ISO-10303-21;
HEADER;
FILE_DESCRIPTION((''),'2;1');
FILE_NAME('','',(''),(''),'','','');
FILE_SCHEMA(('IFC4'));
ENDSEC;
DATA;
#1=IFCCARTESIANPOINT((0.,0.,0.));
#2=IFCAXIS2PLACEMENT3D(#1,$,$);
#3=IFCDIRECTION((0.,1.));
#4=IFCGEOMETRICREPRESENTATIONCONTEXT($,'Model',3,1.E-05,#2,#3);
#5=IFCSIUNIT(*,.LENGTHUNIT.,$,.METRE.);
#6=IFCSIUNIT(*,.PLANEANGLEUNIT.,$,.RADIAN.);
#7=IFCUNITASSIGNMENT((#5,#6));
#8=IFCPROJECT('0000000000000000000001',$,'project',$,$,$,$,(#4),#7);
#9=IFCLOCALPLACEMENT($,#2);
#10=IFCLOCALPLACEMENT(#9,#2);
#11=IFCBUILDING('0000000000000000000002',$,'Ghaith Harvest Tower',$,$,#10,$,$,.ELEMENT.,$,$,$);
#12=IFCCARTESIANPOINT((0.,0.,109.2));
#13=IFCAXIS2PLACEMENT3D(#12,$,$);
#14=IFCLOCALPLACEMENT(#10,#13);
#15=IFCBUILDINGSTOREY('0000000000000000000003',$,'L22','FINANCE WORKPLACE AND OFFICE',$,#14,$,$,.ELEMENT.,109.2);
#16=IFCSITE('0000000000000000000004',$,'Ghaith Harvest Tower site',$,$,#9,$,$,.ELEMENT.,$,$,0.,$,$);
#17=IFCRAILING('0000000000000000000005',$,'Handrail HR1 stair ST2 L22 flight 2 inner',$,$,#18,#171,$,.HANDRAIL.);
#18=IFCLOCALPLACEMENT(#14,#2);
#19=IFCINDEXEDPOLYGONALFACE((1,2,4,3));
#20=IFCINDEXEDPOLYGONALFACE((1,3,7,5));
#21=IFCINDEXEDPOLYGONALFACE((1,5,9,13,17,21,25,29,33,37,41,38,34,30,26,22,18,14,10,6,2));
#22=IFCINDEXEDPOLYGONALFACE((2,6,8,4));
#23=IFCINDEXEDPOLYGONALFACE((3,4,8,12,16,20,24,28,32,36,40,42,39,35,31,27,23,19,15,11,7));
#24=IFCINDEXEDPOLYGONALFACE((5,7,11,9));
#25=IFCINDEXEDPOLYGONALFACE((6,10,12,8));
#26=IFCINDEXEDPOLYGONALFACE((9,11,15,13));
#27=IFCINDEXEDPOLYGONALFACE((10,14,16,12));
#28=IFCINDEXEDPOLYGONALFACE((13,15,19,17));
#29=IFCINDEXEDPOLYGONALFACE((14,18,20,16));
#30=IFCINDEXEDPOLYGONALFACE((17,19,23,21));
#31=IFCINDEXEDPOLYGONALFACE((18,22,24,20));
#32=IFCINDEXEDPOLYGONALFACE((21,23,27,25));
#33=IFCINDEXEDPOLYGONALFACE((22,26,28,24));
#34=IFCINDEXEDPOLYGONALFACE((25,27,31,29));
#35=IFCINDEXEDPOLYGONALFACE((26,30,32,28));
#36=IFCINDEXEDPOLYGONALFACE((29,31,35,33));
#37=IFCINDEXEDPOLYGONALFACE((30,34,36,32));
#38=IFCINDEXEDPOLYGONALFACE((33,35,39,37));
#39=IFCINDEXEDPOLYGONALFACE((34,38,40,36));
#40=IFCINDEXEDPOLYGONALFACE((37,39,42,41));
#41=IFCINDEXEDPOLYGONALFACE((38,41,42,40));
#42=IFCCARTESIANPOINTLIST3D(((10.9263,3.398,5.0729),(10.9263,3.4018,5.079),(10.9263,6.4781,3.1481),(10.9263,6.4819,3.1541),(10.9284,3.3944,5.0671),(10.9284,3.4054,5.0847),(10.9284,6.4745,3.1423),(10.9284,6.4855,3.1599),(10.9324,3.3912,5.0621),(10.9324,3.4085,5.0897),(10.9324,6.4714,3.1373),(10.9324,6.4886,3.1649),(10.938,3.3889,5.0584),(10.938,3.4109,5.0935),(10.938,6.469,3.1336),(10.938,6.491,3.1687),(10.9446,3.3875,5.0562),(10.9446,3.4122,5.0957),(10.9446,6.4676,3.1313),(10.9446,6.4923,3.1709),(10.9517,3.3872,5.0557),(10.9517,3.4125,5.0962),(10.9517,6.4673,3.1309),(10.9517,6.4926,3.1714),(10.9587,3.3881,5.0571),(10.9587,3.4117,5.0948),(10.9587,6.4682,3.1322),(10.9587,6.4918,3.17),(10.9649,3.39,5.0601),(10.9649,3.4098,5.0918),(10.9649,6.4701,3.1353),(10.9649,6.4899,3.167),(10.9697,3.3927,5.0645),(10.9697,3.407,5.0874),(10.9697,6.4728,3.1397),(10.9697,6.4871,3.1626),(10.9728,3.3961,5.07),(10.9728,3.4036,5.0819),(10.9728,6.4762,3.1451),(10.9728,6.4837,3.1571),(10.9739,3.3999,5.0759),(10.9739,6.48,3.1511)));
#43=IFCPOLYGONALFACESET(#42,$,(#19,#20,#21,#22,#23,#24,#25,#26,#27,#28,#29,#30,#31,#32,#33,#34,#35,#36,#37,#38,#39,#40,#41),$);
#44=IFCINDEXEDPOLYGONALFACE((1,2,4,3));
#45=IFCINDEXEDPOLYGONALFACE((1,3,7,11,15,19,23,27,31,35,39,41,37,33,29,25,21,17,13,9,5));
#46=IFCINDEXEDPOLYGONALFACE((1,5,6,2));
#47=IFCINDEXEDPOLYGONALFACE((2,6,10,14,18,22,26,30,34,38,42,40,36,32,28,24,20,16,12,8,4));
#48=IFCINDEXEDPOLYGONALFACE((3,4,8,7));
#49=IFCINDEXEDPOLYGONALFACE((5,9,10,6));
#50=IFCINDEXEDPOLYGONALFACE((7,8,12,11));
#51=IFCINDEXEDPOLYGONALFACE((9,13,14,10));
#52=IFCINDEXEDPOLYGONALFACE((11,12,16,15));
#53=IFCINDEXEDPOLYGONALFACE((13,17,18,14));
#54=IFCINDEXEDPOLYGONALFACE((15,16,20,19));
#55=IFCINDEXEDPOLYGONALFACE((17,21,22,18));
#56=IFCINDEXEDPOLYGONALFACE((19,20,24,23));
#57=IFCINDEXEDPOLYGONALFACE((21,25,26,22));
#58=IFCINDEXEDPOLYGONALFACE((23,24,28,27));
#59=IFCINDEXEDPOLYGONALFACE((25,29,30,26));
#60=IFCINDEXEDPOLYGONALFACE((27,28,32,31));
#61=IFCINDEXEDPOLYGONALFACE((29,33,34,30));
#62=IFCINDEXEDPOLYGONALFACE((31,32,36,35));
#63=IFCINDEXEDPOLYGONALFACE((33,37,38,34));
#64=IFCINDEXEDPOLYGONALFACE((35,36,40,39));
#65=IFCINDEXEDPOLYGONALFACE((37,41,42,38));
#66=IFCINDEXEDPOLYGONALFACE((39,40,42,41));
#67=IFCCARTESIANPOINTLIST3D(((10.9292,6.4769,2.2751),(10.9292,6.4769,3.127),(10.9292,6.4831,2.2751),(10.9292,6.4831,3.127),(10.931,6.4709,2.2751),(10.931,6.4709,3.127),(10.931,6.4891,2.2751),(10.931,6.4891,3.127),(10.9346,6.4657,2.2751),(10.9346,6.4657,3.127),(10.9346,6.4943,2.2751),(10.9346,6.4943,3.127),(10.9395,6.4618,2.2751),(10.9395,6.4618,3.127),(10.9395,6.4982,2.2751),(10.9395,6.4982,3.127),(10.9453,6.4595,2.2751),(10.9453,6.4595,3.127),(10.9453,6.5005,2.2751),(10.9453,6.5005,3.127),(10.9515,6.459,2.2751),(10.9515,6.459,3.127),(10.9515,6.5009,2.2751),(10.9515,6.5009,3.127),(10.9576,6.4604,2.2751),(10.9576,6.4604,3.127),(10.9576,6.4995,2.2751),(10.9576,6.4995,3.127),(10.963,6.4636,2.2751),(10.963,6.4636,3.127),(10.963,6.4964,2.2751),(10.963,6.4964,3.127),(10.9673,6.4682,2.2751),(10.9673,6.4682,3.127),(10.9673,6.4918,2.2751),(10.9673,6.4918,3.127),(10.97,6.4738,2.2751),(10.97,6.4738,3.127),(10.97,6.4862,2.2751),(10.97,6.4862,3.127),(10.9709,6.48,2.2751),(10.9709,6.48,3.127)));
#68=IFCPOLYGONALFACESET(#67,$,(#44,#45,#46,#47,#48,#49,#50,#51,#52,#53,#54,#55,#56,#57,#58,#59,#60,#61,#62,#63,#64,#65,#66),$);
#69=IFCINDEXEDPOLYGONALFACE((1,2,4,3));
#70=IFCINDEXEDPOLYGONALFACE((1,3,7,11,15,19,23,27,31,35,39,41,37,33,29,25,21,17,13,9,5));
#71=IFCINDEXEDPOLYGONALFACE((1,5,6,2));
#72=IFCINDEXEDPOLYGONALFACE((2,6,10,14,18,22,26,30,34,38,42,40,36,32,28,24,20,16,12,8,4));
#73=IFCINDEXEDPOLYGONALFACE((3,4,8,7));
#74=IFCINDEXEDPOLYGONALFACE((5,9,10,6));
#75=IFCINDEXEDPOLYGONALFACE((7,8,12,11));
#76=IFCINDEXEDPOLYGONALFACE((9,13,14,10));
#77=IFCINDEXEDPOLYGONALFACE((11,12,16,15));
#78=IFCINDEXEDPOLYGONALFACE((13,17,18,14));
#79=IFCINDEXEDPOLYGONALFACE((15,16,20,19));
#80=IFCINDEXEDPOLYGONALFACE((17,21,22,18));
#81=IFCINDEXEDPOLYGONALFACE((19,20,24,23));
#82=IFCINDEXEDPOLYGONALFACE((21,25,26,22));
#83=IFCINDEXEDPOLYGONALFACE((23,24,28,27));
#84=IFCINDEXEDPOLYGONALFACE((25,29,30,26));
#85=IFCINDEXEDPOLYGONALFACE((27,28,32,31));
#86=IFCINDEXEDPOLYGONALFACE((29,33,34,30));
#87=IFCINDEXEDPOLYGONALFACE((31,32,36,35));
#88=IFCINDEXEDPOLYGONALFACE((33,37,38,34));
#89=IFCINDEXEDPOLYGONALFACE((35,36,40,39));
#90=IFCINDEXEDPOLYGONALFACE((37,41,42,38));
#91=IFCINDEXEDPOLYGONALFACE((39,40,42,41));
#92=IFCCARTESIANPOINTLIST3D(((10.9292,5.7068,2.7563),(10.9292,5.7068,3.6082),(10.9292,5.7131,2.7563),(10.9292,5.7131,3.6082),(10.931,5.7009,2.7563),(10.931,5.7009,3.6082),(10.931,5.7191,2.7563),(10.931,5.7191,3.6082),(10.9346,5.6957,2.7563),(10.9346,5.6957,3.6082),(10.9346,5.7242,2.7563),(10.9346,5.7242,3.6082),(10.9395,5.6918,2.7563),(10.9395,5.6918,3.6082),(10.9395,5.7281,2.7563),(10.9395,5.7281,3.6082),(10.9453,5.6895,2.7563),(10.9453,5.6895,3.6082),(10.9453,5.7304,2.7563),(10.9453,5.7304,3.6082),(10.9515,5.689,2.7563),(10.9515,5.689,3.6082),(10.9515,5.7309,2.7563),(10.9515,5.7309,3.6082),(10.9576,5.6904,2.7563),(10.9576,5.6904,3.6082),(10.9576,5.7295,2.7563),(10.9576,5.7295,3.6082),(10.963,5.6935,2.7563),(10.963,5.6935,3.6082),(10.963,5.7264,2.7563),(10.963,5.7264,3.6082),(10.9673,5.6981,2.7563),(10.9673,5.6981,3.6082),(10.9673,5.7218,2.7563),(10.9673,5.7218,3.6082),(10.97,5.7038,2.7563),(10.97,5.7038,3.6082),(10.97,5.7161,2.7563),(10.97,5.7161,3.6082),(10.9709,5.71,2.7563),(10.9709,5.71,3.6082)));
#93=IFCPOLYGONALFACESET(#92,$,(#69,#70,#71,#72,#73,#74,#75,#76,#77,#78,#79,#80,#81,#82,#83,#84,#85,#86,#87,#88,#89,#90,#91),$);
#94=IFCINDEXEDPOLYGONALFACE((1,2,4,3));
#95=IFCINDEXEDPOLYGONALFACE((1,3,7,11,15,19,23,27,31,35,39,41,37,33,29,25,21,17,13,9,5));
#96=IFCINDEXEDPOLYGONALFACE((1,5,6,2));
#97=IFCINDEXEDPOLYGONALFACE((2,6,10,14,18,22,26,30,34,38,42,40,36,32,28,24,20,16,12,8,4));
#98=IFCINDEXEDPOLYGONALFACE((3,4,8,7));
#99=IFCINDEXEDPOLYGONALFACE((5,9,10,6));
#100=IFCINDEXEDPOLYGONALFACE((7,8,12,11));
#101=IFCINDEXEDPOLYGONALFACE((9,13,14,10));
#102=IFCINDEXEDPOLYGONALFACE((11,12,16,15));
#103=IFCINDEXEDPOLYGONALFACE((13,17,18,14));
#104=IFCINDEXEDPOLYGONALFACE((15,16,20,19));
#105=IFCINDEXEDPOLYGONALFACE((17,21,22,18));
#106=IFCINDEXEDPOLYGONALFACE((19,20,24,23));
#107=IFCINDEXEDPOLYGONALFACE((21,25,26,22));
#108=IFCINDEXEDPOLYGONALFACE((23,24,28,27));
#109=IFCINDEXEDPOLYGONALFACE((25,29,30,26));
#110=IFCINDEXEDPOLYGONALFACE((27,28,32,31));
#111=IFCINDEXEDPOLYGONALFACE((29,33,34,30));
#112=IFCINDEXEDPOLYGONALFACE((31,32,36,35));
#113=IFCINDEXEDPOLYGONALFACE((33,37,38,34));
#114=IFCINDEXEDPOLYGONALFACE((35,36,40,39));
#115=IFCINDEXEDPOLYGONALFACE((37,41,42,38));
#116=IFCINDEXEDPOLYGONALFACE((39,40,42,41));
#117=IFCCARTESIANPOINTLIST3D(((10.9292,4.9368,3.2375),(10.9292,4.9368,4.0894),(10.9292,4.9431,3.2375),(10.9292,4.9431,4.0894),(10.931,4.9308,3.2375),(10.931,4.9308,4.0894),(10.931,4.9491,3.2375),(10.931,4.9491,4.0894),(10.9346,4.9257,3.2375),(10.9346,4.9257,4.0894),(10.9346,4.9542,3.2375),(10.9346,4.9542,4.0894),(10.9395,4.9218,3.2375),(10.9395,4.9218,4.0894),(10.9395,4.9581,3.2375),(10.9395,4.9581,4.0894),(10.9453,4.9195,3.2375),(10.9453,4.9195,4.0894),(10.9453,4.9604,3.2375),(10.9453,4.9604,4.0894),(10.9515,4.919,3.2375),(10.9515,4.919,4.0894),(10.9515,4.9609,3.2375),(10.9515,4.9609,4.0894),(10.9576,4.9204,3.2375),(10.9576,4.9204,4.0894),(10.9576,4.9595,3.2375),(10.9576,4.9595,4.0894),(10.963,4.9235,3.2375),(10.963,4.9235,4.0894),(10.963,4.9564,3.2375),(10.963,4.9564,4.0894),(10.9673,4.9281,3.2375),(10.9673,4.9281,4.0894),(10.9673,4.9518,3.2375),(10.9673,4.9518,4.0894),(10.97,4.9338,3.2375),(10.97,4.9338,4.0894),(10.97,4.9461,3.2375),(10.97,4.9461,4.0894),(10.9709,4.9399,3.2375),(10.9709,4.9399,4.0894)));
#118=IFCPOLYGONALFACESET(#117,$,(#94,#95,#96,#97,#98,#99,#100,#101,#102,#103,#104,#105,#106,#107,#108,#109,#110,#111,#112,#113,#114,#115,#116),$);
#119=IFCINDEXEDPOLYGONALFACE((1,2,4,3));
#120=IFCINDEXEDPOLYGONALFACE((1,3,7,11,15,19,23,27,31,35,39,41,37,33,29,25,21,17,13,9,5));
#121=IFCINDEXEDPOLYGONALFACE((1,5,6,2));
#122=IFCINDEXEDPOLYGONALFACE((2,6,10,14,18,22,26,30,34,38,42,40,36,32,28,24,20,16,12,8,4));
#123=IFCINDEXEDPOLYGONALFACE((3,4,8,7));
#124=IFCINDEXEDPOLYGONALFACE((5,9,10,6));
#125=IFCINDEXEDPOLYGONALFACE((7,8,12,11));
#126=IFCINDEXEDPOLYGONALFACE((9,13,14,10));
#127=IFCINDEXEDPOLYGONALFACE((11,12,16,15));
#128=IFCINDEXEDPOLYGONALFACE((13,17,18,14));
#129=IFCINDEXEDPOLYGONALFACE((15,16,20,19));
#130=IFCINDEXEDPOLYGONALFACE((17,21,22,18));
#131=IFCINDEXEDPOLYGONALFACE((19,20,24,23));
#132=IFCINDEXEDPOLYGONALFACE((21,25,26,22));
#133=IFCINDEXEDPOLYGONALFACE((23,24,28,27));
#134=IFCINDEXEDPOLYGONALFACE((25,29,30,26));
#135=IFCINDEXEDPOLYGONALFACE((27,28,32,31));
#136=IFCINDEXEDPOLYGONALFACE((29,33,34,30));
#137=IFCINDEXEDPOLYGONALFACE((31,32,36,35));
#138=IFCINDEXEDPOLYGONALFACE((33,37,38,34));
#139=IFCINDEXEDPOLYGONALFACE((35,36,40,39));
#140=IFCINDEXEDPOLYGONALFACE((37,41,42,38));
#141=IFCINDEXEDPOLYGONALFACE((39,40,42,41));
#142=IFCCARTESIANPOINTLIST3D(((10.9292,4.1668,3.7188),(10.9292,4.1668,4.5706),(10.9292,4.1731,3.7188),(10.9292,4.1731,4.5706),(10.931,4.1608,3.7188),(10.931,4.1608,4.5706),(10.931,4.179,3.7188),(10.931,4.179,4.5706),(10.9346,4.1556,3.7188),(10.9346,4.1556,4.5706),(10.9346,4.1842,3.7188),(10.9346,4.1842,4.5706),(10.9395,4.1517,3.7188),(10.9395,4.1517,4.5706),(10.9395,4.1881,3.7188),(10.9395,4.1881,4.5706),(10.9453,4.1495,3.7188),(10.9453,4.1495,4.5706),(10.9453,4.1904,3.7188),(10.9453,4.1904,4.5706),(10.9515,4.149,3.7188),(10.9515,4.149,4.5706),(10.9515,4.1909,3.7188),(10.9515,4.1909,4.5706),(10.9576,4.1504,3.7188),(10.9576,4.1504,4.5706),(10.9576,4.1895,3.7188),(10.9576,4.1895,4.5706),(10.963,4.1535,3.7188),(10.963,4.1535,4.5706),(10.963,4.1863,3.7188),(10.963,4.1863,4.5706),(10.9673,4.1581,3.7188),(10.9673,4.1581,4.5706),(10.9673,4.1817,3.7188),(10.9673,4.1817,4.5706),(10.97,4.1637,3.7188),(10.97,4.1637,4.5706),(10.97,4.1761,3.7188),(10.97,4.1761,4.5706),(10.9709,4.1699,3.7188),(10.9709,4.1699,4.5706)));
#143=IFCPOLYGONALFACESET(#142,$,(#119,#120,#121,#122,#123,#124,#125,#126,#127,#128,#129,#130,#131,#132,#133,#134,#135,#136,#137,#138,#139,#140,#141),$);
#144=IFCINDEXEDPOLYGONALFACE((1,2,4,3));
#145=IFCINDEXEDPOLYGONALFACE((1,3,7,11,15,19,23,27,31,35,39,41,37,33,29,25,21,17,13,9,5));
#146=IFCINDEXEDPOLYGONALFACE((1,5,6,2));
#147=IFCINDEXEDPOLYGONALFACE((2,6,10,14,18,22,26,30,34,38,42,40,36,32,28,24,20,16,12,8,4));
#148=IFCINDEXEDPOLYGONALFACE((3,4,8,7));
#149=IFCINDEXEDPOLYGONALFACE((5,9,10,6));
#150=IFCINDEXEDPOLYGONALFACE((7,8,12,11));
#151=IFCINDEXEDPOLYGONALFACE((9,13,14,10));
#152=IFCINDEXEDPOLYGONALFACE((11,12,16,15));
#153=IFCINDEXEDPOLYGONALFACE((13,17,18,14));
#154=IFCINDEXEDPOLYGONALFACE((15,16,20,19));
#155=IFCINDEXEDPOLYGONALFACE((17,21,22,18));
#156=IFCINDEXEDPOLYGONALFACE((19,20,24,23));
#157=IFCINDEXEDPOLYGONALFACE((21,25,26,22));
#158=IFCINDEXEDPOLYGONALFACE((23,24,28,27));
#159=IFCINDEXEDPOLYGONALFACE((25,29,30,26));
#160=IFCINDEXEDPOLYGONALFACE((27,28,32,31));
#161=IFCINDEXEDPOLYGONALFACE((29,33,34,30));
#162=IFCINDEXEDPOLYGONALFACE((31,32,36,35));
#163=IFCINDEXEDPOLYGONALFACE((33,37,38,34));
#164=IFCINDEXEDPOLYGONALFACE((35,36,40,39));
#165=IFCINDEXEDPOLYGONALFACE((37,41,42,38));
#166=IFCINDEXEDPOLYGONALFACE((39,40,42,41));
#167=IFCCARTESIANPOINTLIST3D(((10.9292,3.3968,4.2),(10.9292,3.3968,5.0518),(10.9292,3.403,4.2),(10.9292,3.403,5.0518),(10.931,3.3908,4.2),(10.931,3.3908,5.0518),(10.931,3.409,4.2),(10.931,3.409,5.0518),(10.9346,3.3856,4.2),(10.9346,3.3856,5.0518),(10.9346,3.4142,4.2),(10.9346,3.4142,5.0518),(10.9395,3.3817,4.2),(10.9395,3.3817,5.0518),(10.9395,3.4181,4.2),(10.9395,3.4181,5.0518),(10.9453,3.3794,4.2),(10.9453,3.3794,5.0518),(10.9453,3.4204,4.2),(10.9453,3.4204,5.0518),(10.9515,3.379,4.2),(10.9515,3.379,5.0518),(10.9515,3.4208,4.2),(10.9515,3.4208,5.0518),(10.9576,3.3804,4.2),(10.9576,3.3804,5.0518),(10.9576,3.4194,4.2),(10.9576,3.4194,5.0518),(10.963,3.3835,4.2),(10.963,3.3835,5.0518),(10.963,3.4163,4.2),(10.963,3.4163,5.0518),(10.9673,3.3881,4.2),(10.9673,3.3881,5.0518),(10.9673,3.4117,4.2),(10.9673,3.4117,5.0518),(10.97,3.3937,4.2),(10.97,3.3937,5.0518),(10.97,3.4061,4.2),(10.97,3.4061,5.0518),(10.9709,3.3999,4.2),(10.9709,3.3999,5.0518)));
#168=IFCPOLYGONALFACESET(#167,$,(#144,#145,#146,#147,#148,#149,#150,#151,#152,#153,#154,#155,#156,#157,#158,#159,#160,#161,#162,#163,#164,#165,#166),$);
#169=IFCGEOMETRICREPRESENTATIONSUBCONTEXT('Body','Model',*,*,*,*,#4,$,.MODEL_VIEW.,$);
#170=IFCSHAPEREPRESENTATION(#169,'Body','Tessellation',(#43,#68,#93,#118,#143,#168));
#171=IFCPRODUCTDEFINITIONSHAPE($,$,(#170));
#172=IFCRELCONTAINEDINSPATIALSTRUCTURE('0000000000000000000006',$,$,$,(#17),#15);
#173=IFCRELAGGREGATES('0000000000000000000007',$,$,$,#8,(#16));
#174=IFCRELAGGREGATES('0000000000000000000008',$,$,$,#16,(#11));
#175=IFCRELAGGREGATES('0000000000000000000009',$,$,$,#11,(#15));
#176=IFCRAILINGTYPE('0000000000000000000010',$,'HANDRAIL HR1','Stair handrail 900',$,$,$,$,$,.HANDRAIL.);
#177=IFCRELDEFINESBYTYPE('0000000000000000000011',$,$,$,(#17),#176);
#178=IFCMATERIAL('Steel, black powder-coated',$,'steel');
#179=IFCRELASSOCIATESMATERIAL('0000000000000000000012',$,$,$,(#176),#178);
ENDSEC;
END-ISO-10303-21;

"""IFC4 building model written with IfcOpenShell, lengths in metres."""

from ifc_helpers import new_model, si_unit, direction, frame, origin, origin_2d, place, context, subcontext, project, spatial, circle, extrude, material, type_object, element, save


model = new_model("IFC4")

# Units and contexts
model_context = context("Model", 3, precision=1e-05, world=origin(), true_north=direction((0.0, 1.0)))
body_context = subcontext(model_context, "Body", "Model", "MODEL_VIEW")
ifc_project = project(units=[si_unit("LENGTHUNIT", "METRE"), si_unit("PLANEANGLEUNIT", "RADIAN")], contexts=[model_context])

# Site, building, storey
site_placement = place(None, origin())
site = spatial("IfcSite", under=ifc_project, at=site_placement, Name="Ghaith Harvest Tower site", CompositionType="ELEMENT", RefElevation=0.0)
building_placement = place(site_placement, origin())
building = spatial("IfcBuilding", under=site, at=building_placement, Name="Ghaith Harvest Tower", CompositionType="ELEMENT")
storey_placement = place(building_placement, frame((0.0, 0.0, 109.2)))
storey = spatial("IfcBuildingStorey", under=building, at=storey_placement, Name="L22", Description="FINANCE WORKPLACE AND OFFICE", CompositionType="ELEMENT", Elevation=109.2)

# Railing
ifc_material_1 = material(Name="Steel, black powder-coated", Category="steel")
railing_type = type_object("IfcRailingType", Name="HANDRAIL HR1", Description="Stair handrail 900", PredefinedType="HANDRAIL", material=ifc_material_1)
railing_1_placement = place(storey_placement, frame((10.95, 6.48, 2.2751)))
element("IfcRailing", 1, at=railing_1_placement, inside=storey, type_object=railing_type, Name="Handrail HR1 stair ST2 L22 flight 2 inner", PredefinedType="HANDRAIL", context=body_context, shape_type="SweptSolid", body=[
    extrude(circle(Radius=0.0239, at=origin_2d()), frame((0.0, 0.0, 0.876), z_axis=(0.0, -0.848029, 0.529951), x_axis=(1.0, 0.0, 0.0)), (0.0, 0.0, 1.0), 3.6321),
    extrude(circle(Radius=0.021, at=origin_2d()), origin(), (0.0, 0.0, 1.0), 0.8518),
    extrude(circle(Radius=0.021, at=origin_2d()), frame((0.0, -0.77, 0.4812)), (0.0, 0.0, 1.0), 0.8518),
    extrude(circle(Radius=0.021, at=origin_2d()), frame((0.0, -1.54, 0.9624)), (0.0, 0.0, 1.0), 0.8518),
    extrude(circle(Radius=0.021, at=origin_2d()), frame((0.0, -2.3101, 1.4436)), (0.0, 0.0, 1.0), 0.8518),
    extrude(circle(Radius=0.021, at=origin_2d()), frame((0.0, -3.0801, 1.9248)), (0.0, 0.0, 1.0), 0.8518),
])

save(model, "model.ifc")
